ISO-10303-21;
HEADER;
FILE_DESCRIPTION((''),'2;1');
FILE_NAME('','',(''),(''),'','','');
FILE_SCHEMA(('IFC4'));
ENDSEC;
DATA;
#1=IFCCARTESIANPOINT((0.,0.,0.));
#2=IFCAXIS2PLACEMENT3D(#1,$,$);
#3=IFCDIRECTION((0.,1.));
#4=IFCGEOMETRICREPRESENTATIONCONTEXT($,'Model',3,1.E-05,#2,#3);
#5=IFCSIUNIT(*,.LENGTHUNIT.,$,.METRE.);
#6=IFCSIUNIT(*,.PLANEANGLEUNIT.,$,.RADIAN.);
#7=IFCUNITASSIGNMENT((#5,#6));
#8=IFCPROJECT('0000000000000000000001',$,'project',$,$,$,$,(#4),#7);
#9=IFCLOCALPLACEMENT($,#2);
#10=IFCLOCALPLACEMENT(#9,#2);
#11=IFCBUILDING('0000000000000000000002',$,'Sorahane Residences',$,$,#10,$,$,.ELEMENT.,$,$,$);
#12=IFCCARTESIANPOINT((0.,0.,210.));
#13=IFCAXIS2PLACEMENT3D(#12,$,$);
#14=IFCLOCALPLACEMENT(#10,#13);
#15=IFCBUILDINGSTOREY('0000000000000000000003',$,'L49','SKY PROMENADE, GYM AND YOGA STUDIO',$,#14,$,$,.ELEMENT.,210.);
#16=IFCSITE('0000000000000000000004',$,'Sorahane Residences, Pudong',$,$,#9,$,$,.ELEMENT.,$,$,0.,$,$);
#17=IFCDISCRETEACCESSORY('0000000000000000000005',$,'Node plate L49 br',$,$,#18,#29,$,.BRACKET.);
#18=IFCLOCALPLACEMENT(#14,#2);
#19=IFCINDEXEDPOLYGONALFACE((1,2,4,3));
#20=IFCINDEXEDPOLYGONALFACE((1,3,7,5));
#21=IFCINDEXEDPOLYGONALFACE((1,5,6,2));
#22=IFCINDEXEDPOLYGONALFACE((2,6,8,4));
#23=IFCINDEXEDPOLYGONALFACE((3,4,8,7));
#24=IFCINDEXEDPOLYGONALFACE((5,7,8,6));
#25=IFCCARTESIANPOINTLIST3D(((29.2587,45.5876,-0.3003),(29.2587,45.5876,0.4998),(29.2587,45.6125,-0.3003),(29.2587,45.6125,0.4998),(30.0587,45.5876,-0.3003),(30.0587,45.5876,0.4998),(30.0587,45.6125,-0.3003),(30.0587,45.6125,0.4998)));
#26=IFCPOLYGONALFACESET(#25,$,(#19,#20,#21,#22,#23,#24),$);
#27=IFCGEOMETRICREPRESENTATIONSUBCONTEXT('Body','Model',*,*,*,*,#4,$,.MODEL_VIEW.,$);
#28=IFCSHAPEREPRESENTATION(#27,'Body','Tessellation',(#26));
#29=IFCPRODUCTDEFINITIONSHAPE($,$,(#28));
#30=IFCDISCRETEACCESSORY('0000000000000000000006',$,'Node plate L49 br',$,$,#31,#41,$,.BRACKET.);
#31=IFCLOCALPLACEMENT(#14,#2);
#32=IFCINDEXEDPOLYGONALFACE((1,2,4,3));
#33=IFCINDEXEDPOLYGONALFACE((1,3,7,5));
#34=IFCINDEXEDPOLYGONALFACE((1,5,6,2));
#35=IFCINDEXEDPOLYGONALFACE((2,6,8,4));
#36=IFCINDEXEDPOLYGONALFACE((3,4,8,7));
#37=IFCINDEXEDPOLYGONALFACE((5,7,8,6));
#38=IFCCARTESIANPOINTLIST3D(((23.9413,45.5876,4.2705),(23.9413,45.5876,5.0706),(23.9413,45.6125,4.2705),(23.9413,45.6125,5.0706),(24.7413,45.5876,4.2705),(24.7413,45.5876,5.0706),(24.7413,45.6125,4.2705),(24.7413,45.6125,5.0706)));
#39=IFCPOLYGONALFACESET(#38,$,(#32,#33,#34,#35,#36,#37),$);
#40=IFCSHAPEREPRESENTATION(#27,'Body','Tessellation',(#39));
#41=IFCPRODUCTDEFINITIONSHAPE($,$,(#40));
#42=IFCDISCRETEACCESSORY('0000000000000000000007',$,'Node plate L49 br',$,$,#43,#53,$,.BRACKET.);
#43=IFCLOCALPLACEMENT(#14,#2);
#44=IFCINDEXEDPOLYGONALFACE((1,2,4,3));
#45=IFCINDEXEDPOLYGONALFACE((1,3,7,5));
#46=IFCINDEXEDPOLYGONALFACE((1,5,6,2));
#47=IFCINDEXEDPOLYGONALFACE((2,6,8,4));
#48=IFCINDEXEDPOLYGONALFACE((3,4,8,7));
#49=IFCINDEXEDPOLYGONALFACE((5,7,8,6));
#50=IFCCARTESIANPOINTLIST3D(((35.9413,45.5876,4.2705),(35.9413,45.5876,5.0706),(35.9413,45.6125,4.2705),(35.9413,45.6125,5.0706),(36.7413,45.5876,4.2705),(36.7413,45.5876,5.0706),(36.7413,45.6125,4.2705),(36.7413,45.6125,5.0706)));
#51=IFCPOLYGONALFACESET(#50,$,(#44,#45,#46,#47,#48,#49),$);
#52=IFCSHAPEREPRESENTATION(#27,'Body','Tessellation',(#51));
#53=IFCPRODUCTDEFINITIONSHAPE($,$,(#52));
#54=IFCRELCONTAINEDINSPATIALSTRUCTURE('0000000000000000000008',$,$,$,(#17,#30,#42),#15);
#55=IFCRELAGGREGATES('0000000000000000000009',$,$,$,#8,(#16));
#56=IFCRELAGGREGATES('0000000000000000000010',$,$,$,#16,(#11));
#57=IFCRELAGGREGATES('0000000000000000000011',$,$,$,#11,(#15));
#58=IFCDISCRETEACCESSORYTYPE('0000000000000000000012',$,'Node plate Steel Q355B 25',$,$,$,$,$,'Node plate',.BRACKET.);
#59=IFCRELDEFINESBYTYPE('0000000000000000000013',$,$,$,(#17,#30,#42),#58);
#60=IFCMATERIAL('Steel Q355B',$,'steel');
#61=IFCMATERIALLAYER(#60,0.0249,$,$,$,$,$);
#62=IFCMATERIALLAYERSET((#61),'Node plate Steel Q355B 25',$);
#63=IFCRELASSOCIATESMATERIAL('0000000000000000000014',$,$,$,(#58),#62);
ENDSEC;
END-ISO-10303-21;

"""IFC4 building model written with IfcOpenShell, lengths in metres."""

from ifc_helpers import new_model, si_unit, direction, frame, origin, origin_2d, place, context, subcontext, project, spatial, rectangle, extrude, material, layer, layer_set, type_object, element, save


model = new_model("IFC4")

# Units and contexts
model_context = context("Model", 3, precision=1e-05, world=origin(), true_north=direction((0.0, 1.0)))
body_context = subcontext(model_context, "Body", "Model", "MODEL_VIEW")
ifc_project = project(units=[si_unit("LENGTHUNIT", "METRE"), si_unit("PLANEANGLEUNIT", "RADIAN")], contexts=[model_context])

# Site, building, storey
site_placement = place(None, origin())
site = spatial("IfcSite", under=ifc_project, at=site_placement, Name="Sorahane Residences, Pudong", CompositionType="ELEMENT", RefElevation=0.0)
building_placement = place(site_placement, origin())
building = spatial("IfcBuilding", under=site, at=building_placement, Name="Sorahane Residences", CompositionType="ELEMENT")
storey_placement = place(building_placement, frame((0.0, 0.0, 210.0)))
storey = spatial("IfcBuildingStorey", under=building, at=storey_placement, Name="L49", Description="SKY PROMENADE, GYM AND YOGA STUDIO", CompositionType="ELEMENT", Elevation=210.0)

# Discrete accessories
ifc_material_1 = material(Name="Steel Q355B", Category="steel")
ifc_layer_1 = layer(ifc_material_1, 0.0249)
ifc_layer_set_1 = layer_set([ifc_layer_1], Name="Node plate Steel Q355B 25")
discrete_accessory_type = type_object("IfcDiscreteAccessoryType", Name="Node plate Steel Q355B 25", ElementType="Node plate", PredefinedType="BRACKET", material=ifc_layer_set_1)
for number, where, z_axis, x_axis, name in (
    (1, (29.6587, 45.6001, -0.3003), (0.0, 0.0, 1.0), (1.0, 0.0, 0.0), "Node plate L49 br"),
    (2, (24.3413, 45.6001, 4.2705), (0.0, 0.0, 1.0), (1.0, 0.0, 0.0), "Node plate L49 br"),
    (3, (36.3413, 45.6001, 4.2705), (0.0, 0.0, 1.0), (1.0, 0.0, 0.0), "Node plate L49 br"),
):
    element("IfcDiscreteAccessory", number, at=place(storey_placement, frame(where, z_axis=z_axis, x_axis=x_axis)), inside=storey, type_object=discrete_accessory_type, Name=name, PredefinedType="BRACKET", context=body_context, shape_type="SweptSolid", body=[
        extrude(rectangle(XDim=0.8, YDim=0.0249, at=origin_2d()), origin(), (0.0, 0.0, 1.0), 0.8),
    ])

save(model, "model.ifc")
